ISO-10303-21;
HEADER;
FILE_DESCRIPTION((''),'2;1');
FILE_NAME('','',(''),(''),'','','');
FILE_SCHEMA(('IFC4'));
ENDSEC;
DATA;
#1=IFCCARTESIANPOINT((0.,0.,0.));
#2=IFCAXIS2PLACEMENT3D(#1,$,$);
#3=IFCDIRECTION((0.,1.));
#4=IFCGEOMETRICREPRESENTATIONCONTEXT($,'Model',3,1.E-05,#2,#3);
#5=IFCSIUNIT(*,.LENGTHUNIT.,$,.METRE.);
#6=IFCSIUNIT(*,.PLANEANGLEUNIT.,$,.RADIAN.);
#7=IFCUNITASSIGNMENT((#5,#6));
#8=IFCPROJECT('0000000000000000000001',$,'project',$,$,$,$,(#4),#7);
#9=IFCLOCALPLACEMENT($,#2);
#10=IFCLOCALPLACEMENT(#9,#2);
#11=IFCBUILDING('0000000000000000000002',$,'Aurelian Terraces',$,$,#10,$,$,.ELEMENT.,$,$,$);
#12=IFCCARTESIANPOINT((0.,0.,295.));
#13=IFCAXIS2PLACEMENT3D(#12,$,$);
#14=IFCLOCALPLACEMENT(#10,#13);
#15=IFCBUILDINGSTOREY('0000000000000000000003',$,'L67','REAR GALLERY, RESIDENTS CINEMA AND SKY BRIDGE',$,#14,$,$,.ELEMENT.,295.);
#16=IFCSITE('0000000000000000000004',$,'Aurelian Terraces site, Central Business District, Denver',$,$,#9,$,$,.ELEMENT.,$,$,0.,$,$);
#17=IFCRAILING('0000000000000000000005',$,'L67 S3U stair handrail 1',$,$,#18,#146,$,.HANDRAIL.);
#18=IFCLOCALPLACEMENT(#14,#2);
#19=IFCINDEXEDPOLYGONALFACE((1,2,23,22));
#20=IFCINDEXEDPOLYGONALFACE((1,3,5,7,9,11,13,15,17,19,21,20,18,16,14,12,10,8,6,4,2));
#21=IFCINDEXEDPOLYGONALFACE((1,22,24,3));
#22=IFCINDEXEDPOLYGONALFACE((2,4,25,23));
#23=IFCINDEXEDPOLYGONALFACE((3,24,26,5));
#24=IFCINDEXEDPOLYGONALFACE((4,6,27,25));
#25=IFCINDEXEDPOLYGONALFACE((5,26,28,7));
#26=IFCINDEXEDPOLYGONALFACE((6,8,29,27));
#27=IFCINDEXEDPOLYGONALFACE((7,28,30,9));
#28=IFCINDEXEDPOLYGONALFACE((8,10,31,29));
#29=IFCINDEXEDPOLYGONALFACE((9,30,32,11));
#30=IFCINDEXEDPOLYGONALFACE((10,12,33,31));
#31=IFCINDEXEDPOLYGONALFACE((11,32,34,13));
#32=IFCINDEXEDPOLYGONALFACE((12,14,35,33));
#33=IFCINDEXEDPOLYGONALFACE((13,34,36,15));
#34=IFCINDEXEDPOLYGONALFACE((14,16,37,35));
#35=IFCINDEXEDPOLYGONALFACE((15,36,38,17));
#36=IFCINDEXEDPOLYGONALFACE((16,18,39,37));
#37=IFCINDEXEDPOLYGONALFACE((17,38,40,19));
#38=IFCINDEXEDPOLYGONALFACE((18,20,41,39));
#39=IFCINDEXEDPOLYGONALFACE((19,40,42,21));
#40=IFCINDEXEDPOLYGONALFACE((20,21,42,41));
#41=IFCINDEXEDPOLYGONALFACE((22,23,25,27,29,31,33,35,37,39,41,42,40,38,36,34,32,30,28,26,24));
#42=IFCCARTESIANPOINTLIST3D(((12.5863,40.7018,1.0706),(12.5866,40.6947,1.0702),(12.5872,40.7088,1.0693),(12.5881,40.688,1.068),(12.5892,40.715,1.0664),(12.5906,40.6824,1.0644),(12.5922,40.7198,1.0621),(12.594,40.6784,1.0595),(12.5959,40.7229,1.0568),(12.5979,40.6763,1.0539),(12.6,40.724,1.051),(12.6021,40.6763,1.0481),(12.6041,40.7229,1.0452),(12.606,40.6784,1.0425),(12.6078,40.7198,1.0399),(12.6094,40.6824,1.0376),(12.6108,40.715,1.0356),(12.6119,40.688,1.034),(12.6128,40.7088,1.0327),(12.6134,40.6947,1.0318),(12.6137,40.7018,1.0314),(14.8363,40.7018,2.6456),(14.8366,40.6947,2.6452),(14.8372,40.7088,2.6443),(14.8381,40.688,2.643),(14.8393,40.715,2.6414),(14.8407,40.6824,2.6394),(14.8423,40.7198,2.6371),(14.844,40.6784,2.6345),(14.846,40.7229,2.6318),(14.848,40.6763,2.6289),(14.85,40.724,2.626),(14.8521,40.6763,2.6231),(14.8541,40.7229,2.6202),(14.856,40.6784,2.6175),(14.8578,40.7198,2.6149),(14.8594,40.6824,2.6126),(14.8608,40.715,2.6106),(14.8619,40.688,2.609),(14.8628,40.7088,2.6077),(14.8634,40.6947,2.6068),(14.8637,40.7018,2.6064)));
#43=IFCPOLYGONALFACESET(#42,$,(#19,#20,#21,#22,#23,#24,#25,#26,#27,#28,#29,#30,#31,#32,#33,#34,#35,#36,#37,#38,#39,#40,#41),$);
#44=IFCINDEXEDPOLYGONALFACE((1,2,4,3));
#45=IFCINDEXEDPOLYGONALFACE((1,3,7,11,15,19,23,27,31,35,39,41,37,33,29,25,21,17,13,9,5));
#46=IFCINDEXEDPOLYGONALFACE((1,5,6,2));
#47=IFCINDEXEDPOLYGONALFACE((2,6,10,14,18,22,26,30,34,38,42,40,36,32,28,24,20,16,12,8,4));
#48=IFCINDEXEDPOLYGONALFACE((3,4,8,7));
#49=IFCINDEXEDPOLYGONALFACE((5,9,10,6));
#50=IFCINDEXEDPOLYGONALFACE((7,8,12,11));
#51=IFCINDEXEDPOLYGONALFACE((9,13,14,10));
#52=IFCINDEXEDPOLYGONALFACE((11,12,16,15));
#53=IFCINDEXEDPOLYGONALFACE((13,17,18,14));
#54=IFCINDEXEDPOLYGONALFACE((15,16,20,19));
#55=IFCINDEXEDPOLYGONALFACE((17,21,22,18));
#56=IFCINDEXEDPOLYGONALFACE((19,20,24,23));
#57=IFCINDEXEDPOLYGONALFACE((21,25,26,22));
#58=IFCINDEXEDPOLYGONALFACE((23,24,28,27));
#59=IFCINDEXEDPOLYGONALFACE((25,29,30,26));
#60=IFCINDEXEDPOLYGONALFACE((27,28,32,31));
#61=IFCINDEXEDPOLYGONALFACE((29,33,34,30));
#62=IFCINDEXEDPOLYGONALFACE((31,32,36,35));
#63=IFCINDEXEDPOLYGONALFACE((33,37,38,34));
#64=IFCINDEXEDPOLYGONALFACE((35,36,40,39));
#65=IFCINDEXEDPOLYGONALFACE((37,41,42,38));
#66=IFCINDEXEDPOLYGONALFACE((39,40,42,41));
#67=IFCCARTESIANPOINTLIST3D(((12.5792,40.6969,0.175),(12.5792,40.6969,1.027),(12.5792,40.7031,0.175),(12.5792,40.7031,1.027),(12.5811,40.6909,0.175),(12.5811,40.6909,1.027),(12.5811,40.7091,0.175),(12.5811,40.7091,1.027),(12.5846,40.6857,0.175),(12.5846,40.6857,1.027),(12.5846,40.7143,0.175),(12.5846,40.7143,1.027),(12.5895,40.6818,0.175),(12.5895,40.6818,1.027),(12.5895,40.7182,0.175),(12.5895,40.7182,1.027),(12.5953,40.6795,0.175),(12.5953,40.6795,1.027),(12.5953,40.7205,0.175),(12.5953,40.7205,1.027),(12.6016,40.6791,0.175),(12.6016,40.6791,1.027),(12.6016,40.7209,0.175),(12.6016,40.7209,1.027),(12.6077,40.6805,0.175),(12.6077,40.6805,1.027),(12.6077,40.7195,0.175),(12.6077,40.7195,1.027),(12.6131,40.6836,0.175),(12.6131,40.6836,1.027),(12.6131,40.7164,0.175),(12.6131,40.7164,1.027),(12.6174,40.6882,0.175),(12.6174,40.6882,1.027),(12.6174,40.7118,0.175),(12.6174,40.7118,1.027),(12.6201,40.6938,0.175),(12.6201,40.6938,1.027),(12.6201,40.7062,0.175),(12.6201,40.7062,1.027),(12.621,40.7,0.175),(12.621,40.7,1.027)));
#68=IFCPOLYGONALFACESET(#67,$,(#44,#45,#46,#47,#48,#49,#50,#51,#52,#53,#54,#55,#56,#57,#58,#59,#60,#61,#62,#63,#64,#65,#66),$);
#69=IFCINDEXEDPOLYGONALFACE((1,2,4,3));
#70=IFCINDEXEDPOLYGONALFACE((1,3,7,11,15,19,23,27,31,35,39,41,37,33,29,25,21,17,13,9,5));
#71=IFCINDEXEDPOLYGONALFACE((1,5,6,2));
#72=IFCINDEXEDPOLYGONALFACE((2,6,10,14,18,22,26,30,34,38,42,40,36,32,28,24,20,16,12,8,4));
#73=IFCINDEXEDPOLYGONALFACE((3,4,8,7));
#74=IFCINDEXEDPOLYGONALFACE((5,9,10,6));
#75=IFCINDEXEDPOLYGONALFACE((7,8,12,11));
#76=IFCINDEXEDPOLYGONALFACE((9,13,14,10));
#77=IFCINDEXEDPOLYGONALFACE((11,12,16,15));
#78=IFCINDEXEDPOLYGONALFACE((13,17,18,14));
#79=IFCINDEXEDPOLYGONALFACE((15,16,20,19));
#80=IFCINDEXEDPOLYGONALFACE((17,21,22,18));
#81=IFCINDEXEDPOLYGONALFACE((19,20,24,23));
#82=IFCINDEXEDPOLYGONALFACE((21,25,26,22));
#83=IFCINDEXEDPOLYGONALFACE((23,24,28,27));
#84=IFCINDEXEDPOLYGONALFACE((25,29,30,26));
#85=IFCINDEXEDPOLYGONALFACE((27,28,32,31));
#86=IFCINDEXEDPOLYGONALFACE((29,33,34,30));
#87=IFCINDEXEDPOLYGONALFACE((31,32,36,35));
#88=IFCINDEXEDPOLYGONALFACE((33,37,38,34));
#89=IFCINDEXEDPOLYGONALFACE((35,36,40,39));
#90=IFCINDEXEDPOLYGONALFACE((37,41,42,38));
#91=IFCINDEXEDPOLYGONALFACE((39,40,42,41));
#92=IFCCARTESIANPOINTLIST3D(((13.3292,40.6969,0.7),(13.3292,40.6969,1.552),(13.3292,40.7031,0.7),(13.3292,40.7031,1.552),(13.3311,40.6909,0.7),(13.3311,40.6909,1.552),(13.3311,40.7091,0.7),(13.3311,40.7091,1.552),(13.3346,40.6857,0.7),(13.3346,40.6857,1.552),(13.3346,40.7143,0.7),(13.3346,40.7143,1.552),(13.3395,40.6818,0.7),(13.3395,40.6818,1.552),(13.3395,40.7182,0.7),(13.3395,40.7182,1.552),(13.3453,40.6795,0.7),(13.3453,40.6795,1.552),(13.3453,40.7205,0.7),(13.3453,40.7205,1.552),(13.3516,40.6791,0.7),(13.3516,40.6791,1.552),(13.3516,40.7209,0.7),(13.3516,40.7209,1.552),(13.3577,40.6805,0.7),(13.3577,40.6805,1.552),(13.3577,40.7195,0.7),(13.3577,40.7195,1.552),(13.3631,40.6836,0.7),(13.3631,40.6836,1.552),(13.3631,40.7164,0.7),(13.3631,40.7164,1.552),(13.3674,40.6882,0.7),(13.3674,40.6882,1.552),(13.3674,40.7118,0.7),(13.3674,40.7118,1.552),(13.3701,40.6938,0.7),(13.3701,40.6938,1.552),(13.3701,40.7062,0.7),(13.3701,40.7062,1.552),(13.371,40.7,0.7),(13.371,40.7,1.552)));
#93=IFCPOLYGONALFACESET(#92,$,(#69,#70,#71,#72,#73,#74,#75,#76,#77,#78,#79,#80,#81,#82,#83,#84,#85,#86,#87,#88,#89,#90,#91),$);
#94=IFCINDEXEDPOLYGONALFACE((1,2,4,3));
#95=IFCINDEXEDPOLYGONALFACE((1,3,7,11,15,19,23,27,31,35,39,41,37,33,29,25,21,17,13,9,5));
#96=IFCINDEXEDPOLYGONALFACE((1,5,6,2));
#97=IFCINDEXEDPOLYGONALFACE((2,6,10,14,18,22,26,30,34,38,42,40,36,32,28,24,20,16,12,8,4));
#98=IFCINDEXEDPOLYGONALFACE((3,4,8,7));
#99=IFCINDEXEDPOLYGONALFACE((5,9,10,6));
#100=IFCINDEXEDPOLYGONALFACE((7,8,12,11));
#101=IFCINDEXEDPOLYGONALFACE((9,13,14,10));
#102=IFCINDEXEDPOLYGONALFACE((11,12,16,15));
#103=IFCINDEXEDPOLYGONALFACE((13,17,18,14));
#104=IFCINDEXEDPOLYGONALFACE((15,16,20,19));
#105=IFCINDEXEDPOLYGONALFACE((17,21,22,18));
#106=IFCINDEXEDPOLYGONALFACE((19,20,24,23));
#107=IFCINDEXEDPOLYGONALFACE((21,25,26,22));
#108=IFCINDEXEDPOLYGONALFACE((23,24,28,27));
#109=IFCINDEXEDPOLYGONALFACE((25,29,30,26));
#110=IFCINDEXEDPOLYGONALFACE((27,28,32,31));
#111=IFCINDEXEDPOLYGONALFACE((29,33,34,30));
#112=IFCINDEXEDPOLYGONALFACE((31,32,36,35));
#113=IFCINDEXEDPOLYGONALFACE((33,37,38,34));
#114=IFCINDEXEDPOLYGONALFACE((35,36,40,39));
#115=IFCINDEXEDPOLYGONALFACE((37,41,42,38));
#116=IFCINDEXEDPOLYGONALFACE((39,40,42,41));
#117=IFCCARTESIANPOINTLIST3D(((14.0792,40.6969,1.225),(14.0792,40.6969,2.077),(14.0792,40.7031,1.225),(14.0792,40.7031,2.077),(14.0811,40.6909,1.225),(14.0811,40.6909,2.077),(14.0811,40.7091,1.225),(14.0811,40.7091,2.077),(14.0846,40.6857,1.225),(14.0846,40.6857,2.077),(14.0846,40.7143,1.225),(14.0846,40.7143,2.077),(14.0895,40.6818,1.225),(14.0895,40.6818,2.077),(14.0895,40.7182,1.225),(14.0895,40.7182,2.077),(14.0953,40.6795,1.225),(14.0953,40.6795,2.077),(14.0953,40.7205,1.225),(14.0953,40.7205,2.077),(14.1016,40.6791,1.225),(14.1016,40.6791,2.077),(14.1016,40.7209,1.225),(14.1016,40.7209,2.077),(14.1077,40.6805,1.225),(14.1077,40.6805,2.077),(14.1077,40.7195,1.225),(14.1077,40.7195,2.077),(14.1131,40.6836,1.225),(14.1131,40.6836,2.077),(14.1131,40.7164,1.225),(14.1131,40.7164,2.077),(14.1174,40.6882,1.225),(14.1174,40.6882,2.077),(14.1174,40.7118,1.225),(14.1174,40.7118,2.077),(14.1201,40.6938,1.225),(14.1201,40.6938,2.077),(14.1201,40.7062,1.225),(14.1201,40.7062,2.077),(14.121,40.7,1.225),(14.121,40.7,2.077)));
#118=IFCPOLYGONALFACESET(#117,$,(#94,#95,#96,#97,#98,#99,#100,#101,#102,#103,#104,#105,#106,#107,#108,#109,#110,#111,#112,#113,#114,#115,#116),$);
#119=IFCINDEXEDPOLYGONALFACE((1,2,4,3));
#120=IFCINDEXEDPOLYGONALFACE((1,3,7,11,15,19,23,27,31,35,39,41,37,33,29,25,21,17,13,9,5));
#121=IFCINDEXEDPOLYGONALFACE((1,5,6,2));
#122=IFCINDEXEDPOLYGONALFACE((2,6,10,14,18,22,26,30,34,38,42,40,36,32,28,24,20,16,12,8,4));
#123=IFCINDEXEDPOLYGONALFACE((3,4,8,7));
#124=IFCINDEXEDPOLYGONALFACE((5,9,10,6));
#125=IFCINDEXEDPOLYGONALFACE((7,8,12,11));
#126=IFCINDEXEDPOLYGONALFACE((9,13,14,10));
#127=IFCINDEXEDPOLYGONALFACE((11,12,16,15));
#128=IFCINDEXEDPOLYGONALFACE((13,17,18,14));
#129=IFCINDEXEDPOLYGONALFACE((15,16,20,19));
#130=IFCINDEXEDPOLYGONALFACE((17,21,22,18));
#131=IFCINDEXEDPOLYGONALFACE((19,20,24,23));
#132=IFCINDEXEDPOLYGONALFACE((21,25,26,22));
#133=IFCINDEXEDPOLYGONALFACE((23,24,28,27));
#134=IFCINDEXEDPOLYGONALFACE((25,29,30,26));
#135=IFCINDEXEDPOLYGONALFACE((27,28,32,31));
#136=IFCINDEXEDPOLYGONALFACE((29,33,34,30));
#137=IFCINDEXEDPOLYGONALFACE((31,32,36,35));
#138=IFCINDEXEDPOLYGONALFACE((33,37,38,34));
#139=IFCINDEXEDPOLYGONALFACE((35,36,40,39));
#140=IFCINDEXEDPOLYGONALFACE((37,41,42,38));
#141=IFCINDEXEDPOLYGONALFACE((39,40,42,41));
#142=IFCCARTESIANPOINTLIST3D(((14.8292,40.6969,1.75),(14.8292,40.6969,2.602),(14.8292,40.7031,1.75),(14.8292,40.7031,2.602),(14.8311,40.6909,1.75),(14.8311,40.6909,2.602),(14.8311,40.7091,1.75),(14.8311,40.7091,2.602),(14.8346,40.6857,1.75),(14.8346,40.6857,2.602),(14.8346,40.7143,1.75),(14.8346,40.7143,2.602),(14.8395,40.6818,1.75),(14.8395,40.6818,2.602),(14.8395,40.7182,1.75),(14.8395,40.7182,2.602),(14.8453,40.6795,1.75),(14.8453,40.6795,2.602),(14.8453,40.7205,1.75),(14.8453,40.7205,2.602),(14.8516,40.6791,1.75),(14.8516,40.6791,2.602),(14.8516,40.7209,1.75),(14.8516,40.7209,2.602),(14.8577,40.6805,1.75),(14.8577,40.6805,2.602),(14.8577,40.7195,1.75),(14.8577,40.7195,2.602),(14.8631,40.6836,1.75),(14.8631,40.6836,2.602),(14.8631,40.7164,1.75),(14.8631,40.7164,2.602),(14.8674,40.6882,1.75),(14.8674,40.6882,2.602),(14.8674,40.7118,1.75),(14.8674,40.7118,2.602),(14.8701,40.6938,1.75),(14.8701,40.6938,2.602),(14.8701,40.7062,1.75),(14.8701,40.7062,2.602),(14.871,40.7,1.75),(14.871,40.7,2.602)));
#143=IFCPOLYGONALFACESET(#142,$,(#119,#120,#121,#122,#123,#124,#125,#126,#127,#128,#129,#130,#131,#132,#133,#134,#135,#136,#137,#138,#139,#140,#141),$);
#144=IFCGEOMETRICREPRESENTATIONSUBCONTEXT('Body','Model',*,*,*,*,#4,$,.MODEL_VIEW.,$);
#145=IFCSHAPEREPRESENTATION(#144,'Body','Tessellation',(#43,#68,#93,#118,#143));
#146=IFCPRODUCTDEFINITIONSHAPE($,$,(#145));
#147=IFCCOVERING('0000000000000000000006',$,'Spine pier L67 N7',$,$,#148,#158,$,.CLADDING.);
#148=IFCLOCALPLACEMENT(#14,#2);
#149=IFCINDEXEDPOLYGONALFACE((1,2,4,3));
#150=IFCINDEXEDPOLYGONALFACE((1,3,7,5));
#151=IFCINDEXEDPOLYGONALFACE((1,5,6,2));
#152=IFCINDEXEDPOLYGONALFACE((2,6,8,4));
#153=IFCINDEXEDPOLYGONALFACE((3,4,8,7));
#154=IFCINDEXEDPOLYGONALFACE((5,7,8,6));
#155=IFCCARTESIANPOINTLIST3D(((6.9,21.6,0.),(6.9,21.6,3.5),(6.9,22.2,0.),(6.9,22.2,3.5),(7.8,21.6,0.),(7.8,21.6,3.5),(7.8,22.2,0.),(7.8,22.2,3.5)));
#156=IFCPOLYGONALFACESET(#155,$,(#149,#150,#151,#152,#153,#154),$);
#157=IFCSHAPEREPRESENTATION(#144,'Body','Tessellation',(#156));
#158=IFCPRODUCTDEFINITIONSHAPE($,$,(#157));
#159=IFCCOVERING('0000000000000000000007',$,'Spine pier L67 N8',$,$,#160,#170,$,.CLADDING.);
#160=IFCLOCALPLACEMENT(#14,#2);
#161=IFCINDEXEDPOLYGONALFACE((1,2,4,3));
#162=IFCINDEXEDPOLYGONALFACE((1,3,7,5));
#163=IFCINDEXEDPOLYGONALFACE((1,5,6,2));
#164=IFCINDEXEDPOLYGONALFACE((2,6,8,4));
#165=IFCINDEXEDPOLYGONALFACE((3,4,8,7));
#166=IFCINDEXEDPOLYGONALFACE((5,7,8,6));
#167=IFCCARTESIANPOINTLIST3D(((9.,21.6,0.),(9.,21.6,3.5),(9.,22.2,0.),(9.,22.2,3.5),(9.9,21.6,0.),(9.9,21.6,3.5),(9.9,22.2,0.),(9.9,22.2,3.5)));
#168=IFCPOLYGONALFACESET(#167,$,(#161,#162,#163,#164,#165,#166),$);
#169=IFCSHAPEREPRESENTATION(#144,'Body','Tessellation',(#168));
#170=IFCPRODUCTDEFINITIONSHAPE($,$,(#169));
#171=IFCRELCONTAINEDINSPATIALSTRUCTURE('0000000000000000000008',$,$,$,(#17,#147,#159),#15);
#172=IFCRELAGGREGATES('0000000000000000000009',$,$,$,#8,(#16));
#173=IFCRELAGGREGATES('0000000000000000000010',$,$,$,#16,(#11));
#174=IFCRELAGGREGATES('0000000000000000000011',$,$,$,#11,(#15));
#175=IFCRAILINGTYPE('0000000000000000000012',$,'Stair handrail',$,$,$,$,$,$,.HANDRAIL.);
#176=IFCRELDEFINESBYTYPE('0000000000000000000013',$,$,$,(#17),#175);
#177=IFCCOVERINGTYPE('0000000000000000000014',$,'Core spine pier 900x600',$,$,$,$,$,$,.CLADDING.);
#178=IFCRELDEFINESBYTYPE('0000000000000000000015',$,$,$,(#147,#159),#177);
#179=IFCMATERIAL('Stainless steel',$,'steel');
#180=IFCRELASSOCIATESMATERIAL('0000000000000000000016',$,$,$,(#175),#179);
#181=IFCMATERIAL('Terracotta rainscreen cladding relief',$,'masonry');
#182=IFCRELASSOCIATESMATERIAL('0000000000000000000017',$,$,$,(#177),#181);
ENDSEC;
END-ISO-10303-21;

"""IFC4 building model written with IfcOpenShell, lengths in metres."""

from ifc_helpers import new_model, si_unit, direction, frame, origin, origin_2d, place, context, subcontext, project, spatial, rectangle, circle, extrude, source, transform, mapped, material, type_object, element, save


model = new_model("IFC4")

# Units and contexts
model_context = context("Model", 3, precision=1e-05, world=origin(), true_north=direction((0.0, 1.0)))
body_context = subcontext(model_context, "Body", "Model", "MODEL_VIEW")
ifc_project = project(units=[si_unit("LENGTHUNIT", "METRE"), si_unit("PLANEANGLEUNIT", "RADIAN")], contexts=[model_context])

# Site, building, storey
site_placement = place(None, origin())
site = spatial("IfcSite", under=ifc_project, at=site_placement, Name="Aurelian Terraces site, Central Business District, Denver", CompositionType="ELEMENT", RefElevation=0.0)
building_placement = place(site_placement, origin())
building = spatial("IfcBuilding", under=site, at=building_placement, Name="Aurelian Terraces", CompositionType="ELEMENT")
storey_placement = place(building_placement, frame((0.0, 0.0, 295.0)))
storey = spatial("IfcBuildingStorey", under=building, at=storey_placement, Name="L67", Description="REAR GALLERY, RESIDENTS CINEMA AND SKY BRIDGE", CompositionType="ELEMENT", Elevation=295.0)

# Shared definitions
ifc_material_1 = material(Name="Terracotta rainscreen cladding relief", Category="masonry")

# Railing
ifc_material_2 = material(Name="Stainless steel", Category="steel")
railing_type_1 = type_object("IfcRailingType", Name="Stair handrail", PredefinedType="HANDRAIL", material=ifc_material_2)
shared_shape_1 = source(origin(), body_context, "Body", "SweptSolid", [
    extrude(circle(Radius=0.024, at=origin_2d()), frame((0.0, 0.0, 0.876), z_axis=(0.819232, 0.0, 0.573462), x_axis=(0.0, 1.0, 0.0)), (0.0, 0.0, 1.0), 2.7465),
    extrude(circle(Radius=0.021, at=origin_2d()), origin(), (0.0, 0.0, 1.0), 0.852),
    extrude(circle(Radius=0.021, at=origin_2d()), frame((0.75, 0.0, 0.525)), (0.0, 0.0, 1.0), 0.852),
    extrude(circle(Radius=0.021, at=origin_2d()), frame((1.5, 0.0, 1.05)), (0.0, 0.0, 1.0), 0.852),
    extrude(circle(Radius=0.021, at=origin_2d()), frame((2.25, 0.0, 1.575)), (0.0, 0.0, 1.0), 0.852),
])
railing_1_placement = place(storey_placement, frame((12.6, 40.7, 0.175)))
element("IfcRailing", 1, at=railing_1_placement, inside=storey, type_object=railing_type_1, Name="L67 S3U stair handrail 1", PredefinedType="HANDRAIL", context=body_context, shape_type="MappedRepresentation", body=[
    mapped(shared_shape_1, transform((0.0, 0.0, 0.0), scale=1.0)),
])

# Coverings
covering_type_1 = type_object("IfcCoveringType", Name="Core spine pier 900x600", PredefinedType="CLADDING", material=ifc_material_1)
shared_shape_2 = source(origin(), body_context, "Body", "SweptSolid", [
    extrude(rectangle(XDim=0.9, YDim=0.6, at=origin_2d()), origin(), (0.0, 0.0, 1.0), 3.5),
])
for number, where, z_axis, x_axis, name in (
    (2, (7.35, 21.9, 0.0), (0.0, 0.0, 1.0), (1.0, 0.0, 0.0), "Spine pier L67 N7"),
    (3, (9.45, 21.9, 0.0), (0.0, 0.0, 1.0), (1.0, 0.0, 0.0), "Spine pier L67 N8"),
):
    element("IfcCovering", number, at=place(storey_placement, frame(where, z_axis=z_axis, x_axis=x_axis)), inside=storey, type_object=covering_type_1, Name=name, PredefinedType="CLADDING", context=body_context, shape_type="MappedRepresentation", body=[
        mapped(shared_shape_2, transform((0.0, 0.0, 0.0), scale=1.0)),
    ])

save(model, "model.ifc")
